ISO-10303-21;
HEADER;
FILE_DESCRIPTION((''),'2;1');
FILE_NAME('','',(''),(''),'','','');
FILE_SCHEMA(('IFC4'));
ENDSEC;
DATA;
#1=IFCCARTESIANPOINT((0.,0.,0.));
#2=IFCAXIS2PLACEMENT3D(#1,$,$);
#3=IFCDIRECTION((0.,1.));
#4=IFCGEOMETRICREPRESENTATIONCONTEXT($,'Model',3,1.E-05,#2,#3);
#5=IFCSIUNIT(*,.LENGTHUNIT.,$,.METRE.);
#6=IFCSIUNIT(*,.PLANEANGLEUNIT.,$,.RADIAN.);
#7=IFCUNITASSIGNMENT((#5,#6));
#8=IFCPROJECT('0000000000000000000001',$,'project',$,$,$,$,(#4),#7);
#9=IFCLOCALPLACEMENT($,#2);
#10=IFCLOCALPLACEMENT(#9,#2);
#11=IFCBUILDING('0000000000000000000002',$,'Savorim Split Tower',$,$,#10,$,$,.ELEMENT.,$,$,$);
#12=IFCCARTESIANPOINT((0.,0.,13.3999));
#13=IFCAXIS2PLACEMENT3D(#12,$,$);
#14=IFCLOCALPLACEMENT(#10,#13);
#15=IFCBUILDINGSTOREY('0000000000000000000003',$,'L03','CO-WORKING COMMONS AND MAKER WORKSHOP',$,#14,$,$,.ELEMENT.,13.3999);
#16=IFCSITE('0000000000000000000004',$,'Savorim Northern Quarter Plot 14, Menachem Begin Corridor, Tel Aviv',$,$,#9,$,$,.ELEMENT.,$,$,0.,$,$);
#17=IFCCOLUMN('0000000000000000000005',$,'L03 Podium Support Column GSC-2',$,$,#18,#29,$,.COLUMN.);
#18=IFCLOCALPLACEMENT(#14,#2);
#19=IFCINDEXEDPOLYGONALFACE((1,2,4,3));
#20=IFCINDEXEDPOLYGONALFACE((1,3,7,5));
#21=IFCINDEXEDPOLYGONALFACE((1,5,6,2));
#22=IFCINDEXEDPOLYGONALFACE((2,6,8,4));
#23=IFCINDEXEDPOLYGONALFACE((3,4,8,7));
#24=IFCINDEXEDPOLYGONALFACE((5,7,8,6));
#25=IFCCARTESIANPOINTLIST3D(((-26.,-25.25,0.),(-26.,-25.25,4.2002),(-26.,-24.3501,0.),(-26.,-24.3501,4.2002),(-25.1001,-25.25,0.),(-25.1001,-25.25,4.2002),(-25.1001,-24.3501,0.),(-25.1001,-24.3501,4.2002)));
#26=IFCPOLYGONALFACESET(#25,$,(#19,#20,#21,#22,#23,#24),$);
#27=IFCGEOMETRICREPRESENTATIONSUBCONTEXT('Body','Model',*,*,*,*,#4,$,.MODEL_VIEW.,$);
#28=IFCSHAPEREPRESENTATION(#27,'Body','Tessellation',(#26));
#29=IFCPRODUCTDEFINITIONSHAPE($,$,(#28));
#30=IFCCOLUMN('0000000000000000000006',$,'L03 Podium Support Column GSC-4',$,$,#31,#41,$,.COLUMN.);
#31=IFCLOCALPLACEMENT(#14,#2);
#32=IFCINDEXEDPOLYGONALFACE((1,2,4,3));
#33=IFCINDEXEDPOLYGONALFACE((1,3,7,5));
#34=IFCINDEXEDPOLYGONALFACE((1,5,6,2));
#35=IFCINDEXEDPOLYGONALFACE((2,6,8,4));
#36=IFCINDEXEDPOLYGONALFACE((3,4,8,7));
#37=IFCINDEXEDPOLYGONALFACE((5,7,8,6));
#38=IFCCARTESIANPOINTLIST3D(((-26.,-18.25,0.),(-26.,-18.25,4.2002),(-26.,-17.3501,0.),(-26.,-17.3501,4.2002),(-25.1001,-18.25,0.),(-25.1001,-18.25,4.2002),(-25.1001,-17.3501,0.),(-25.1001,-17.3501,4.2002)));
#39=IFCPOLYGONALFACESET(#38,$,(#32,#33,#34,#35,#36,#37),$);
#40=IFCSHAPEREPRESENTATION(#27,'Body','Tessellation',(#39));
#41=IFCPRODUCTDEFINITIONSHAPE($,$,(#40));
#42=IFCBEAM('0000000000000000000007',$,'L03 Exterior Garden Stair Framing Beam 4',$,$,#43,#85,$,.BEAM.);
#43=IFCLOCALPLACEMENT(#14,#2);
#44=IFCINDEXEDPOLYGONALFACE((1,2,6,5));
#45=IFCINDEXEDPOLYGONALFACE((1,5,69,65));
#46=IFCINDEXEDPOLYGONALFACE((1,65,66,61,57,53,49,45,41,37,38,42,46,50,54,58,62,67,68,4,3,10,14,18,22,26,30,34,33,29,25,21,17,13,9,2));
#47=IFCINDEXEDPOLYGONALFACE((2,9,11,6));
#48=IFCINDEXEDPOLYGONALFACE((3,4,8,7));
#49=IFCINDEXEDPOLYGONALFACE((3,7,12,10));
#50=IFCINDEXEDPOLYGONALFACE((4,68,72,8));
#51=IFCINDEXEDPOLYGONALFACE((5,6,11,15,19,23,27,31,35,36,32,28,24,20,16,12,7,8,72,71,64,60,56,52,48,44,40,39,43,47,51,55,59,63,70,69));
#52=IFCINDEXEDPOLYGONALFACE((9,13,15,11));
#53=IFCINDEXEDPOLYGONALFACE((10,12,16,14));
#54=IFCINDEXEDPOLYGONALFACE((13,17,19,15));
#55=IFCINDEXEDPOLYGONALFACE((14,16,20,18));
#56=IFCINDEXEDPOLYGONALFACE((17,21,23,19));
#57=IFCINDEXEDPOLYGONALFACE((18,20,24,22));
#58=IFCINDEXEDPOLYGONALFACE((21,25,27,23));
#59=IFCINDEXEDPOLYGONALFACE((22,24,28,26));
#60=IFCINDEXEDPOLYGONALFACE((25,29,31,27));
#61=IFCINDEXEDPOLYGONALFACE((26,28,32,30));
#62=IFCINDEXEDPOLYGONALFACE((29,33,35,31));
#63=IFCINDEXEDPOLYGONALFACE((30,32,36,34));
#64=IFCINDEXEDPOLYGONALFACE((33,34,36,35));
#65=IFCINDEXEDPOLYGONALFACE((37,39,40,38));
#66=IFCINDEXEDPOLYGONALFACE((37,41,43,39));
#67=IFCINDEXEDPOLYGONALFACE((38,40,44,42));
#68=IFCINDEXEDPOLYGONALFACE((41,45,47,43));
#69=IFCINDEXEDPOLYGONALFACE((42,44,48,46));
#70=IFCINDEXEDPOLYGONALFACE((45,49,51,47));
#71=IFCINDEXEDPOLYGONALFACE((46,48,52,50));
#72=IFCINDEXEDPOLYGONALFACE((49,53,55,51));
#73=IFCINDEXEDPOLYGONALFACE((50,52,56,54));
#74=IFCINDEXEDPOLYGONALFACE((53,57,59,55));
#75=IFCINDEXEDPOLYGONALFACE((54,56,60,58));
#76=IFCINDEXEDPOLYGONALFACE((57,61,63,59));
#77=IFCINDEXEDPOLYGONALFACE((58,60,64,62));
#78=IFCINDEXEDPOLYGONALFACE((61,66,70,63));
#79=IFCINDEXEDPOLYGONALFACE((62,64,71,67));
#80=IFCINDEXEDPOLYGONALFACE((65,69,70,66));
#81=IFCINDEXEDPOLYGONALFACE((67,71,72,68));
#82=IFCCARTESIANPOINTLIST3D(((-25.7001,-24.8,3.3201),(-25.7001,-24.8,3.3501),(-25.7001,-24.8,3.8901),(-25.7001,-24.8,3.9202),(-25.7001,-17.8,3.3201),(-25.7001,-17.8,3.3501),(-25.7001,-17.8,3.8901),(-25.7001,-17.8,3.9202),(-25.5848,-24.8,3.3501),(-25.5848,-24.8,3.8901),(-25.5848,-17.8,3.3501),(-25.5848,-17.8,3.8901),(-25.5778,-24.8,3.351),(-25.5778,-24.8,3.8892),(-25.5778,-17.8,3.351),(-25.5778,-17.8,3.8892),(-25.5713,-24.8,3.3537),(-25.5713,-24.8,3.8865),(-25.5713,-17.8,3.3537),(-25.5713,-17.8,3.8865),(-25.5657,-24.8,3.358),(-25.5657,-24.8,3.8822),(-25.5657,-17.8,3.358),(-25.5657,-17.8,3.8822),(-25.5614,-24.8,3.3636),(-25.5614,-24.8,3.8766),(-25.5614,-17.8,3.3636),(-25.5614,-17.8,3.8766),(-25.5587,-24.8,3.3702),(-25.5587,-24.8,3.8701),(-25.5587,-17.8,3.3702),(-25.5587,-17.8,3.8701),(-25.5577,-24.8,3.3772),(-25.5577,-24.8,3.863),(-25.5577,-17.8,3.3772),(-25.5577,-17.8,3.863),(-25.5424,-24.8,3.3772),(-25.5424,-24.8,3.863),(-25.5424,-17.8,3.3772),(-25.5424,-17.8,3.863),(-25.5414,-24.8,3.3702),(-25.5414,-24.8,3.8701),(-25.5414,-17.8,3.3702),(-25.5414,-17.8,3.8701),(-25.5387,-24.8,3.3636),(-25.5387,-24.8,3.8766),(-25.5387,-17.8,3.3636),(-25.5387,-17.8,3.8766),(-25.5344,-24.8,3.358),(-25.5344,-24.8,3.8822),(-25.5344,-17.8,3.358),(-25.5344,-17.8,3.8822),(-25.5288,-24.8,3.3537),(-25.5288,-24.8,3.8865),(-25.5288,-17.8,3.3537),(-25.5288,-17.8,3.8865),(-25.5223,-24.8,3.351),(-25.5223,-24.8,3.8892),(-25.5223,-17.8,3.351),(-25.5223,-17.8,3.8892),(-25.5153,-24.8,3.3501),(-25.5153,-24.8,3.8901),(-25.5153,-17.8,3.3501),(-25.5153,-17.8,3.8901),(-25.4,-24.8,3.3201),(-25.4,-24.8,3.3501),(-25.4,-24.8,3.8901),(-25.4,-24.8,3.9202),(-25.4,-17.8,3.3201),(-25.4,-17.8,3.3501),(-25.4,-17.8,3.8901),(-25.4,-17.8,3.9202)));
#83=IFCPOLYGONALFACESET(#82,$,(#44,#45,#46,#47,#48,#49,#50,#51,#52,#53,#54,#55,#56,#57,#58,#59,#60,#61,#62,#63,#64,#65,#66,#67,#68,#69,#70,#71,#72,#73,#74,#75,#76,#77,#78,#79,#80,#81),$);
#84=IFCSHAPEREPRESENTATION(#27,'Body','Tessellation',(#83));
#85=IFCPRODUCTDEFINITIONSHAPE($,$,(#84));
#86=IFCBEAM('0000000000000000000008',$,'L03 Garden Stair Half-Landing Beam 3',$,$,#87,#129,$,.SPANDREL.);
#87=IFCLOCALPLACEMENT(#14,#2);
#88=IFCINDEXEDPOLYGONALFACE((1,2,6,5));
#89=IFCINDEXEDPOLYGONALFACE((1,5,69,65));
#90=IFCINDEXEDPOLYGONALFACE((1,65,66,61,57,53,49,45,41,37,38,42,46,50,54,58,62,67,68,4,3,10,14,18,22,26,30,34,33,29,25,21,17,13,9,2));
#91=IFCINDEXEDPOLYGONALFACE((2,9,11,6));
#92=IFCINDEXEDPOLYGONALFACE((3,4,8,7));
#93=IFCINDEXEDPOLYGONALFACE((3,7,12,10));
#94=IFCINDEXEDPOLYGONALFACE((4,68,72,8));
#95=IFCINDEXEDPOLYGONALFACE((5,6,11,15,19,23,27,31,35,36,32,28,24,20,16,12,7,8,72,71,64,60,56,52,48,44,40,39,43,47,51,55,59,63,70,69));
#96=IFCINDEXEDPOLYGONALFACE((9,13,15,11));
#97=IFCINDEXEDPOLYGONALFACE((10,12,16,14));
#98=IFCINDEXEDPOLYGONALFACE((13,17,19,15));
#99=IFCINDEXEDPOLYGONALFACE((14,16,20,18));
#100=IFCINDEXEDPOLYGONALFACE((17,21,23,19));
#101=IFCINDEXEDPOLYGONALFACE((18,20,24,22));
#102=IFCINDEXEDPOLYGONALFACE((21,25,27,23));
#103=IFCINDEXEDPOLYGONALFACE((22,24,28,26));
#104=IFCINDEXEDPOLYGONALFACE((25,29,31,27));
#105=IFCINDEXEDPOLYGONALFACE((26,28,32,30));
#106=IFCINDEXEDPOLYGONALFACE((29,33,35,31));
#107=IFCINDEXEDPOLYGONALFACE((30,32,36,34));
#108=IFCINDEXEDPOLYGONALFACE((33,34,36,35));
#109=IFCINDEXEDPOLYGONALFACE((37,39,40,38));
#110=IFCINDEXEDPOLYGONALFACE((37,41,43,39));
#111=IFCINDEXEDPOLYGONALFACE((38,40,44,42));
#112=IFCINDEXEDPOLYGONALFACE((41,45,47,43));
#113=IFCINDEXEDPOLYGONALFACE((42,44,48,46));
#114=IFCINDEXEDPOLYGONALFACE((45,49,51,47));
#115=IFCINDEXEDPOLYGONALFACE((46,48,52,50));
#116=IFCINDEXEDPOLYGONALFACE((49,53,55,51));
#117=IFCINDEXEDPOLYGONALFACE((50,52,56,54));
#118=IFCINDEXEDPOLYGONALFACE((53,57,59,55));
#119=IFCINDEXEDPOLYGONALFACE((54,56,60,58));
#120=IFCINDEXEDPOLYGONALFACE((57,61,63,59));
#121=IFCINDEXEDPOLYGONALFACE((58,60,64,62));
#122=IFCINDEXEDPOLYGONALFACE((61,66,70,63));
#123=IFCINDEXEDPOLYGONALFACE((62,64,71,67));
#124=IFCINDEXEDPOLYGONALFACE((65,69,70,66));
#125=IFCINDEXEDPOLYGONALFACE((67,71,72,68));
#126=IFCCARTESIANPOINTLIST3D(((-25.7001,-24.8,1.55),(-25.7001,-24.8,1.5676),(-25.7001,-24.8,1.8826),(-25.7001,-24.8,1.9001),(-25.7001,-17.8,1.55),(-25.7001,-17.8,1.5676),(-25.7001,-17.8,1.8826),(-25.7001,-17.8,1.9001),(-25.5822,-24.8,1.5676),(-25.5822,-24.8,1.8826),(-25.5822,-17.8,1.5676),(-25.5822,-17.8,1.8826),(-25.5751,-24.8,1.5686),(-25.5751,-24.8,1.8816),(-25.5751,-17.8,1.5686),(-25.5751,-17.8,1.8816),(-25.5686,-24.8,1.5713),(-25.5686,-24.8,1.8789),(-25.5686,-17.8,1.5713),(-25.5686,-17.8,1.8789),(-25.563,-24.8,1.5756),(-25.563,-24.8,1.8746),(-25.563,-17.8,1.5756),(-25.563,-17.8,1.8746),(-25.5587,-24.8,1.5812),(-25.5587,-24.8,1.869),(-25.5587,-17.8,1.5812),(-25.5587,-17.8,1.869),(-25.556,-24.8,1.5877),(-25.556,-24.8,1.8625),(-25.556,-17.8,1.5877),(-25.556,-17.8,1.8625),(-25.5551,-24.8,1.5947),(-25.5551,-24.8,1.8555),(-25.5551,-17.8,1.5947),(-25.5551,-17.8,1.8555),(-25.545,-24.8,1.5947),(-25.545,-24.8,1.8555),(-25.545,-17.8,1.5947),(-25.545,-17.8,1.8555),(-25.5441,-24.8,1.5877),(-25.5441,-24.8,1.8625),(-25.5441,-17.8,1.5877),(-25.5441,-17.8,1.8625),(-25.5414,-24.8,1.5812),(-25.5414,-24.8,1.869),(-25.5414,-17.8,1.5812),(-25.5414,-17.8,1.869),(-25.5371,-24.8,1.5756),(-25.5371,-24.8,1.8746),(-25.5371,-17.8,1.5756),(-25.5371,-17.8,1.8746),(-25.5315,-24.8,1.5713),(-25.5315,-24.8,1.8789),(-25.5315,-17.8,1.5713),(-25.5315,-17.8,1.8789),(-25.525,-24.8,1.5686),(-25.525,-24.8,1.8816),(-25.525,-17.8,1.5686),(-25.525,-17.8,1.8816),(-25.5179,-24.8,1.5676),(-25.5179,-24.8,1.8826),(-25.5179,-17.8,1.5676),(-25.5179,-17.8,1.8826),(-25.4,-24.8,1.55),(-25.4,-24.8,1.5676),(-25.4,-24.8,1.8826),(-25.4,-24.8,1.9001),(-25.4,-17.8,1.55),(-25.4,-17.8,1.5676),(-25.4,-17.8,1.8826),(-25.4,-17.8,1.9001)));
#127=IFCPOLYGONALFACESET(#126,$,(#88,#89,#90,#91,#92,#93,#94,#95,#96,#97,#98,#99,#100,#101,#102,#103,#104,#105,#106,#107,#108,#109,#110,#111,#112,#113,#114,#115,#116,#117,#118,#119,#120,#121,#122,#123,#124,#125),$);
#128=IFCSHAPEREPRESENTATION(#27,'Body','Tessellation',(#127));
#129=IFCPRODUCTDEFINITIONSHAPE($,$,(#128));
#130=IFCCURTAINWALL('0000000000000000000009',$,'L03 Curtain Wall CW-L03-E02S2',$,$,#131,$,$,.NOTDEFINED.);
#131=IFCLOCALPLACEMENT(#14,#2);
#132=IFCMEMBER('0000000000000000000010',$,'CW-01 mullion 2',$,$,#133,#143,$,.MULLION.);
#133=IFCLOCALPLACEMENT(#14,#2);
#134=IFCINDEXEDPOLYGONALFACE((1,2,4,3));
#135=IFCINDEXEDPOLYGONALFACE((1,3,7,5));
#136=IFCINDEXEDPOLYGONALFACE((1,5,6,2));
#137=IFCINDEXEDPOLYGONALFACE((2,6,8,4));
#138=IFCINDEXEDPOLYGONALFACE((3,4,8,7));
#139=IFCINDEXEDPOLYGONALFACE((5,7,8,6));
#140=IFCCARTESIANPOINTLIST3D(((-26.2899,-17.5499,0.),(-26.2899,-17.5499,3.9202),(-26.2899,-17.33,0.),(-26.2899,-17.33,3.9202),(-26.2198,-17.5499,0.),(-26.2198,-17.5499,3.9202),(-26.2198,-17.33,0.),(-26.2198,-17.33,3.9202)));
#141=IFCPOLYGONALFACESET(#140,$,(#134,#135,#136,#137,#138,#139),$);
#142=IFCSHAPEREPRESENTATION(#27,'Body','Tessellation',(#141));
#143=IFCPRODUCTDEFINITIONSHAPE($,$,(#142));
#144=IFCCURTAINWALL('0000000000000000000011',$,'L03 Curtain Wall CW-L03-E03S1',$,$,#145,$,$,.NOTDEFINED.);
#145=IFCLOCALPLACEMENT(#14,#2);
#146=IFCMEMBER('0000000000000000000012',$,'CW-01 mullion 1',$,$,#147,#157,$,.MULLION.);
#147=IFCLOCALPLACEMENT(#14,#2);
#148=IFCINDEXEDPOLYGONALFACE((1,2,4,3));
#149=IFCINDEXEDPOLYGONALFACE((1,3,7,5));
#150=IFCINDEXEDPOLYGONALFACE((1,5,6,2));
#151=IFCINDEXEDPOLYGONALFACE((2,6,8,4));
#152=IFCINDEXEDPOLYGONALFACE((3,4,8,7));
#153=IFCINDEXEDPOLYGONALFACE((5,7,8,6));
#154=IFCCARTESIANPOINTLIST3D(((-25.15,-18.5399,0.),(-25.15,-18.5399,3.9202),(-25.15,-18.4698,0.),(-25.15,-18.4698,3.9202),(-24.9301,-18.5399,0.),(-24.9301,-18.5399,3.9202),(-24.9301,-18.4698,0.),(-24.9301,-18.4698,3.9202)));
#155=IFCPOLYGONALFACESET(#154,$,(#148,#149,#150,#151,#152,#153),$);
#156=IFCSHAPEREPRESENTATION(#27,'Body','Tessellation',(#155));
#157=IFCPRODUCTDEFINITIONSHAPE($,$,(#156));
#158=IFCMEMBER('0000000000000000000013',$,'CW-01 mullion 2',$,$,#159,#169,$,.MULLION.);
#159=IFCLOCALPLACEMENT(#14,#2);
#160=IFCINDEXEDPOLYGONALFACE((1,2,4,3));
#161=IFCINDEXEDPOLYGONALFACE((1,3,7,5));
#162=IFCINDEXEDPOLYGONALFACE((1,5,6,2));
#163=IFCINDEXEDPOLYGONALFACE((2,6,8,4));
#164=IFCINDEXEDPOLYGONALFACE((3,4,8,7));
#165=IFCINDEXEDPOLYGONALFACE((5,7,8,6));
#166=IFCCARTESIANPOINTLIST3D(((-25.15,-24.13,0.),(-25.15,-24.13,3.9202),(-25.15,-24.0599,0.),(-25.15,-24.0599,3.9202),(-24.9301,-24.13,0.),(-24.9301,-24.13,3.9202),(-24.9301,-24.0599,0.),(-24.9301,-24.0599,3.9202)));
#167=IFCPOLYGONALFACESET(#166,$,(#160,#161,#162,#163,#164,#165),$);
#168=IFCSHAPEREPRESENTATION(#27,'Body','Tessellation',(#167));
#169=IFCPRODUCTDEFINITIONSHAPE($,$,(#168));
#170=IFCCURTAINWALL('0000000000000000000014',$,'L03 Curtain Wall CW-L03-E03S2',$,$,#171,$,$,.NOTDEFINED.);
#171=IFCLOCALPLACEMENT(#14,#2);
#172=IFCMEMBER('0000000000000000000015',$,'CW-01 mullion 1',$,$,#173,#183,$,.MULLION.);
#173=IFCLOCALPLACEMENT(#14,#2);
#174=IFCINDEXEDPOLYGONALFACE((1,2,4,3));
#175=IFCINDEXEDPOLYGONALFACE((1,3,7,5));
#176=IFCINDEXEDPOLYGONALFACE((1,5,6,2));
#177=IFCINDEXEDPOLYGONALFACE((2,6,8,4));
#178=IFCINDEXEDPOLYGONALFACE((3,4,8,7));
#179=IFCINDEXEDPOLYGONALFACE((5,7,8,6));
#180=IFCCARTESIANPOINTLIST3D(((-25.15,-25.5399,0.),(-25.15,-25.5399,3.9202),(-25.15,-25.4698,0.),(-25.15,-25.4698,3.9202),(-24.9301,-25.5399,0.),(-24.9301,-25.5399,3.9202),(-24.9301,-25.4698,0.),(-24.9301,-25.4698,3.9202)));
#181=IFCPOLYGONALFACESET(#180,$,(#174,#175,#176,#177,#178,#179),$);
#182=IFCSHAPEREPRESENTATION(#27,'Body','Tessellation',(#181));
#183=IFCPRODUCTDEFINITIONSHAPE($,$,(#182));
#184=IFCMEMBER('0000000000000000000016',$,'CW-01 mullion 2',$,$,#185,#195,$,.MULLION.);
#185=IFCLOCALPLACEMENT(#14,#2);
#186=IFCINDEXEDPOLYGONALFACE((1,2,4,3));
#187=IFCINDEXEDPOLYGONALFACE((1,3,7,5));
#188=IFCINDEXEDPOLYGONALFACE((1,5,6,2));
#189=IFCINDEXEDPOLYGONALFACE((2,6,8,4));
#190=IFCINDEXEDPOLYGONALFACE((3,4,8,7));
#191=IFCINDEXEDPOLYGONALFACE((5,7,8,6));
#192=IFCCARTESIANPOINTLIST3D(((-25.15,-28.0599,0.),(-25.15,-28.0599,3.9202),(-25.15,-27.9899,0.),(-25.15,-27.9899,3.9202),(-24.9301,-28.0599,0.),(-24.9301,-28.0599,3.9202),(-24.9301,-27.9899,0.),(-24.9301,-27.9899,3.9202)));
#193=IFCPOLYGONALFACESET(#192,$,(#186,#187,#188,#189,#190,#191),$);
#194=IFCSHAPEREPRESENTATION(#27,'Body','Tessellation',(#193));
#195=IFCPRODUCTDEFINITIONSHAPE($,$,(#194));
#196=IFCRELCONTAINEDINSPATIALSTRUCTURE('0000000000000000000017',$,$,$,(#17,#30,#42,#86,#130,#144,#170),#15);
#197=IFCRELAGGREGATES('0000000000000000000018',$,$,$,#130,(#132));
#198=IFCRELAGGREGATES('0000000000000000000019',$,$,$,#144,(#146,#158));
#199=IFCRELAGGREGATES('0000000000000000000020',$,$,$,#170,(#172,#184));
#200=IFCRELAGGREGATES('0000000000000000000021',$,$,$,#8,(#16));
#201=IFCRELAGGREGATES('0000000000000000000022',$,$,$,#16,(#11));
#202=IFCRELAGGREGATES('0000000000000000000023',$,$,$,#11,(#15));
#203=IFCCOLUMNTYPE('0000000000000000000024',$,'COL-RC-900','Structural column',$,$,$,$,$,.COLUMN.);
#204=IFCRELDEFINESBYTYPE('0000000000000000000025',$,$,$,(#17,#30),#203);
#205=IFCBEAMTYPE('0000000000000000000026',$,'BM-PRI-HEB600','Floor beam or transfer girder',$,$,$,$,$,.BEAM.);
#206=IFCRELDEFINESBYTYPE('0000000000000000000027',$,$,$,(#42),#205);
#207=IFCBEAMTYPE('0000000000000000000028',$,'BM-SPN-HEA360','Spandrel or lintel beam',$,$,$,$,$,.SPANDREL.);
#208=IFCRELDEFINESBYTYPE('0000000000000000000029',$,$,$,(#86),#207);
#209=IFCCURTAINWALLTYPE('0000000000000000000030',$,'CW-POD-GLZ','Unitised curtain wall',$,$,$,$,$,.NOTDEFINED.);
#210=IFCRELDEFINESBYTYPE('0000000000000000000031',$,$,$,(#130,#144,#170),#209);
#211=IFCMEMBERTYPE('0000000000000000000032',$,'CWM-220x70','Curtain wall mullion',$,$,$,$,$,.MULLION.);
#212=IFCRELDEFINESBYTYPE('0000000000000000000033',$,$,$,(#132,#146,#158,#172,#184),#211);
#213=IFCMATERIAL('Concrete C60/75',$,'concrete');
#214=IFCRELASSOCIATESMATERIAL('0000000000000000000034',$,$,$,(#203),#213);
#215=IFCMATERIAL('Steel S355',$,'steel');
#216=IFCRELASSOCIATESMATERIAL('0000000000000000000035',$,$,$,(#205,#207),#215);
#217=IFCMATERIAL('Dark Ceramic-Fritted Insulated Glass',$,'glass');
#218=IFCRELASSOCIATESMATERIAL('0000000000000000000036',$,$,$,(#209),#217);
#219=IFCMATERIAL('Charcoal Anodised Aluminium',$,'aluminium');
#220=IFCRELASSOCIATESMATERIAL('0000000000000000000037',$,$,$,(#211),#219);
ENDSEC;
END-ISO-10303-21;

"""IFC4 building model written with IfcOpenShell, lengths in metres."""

from ifc_helpers import new_model, si_unit, direction, frame, origin, origin_2d, place, context, subcontext, project, spatial, rectangle, i_section, extrude, material, material_profile, profile_set, type_object, element, aggregate, save


model = new_model("IFC4")

# Units and contexts
model_context = context("Model", 3, precision=1e-05, world=origin(), true_north=direction((0.0, 1.0)))
body_context = subcontext(model_context, "Body", "Model", "MODEL_VIEW")
ifc_project = project(units=[si_unit("LENGTHUNIT", "METRE"), si_unit("PLANEANGLEUNIT", "RADIAN")], contexts=[model_context])

# Site, building, storey
site_placement = place(None, origin())
site = spatial("IfcSite", under=ifc_project, at=site_placement, Name="Savorim Northern Quarter Plot 14, Menachem Begin Corridor, Tel Aviv", CompositionType="ELEMENT", RefElevation=0.0)
building_placement = place(site_placement, origin())
building = spatial("IfcBuilding", under=site, at=building_placement, Name="Savorim Split Tower", CompositionType="ELEMENT")
storey_placement = place(building_placement, frame((0.0, 0.0, 13.3999)))
storey = spatial("IfcBuildingStorey", under=building, at=storey_placement, Name="L03", Description="CO-WORKING COMMONS AND MAKER WORKSHOP", CompositionType="ELEMENT", Elevation=13.3999)

# Columns
ifc_material_1 = material(Name="Concrete C60/75", Category="concrete")
ifc_material_profile_1 = material_profile(ifc_material_1, rectangle(XDim=0.8999, YDim=0.8999, at=origin_2d()), Name="RC 900x900")
ifc_profile_set_1 = profile_set([ifc_material_profile_1], Name="Concrete C60/75")
column_type = type_object("IfcColumnType", Name="COL-RC-900", Description="Structural column", PredefinedType="COLUMN", material=ifc_profile_set_1)
for number, where, z_axis, x_axis, name in (
    (1, (-25.55, -24.8, 0.0), (0.0, 0.0, 1.0), (1.0, 0.0, 0.0), "L03 Podium Support Column GSC-2"),
    (2, (-25.55, -17.8, 0.0), (0.0, 0.0, 1.0), (1.0, 0.0, 0.0), "L03 Podium Support Column GSC-4"),
):
    element("IfcColumn", number, at=place(storey_placement, frame(where, z_axis=z_axis, x_axis=x_axis)), inside=storey, type_object=column_type, Name=name, PredefinedType="COLUMN", context=body_context, shape_type="SweptSolid", body=[
        extrude(rectangle(XDim=0.8999, YDim=0.8999, at=origin_2d()), origin(), (0.0, 0.0, 1.0), 4.2002),
    ])

# Beams
ifc_material_2 = material(Name="Steel S355", Category="steel")
ifc_material_profile_2 = material_profile(ifc_material_2, i_section(OverallWidth=0.3, OverallDepth=0.6001, WebThickness=0.0154, FlangeThickness=0.03, FilletRadius=0.0271, at=origin_2d()), Name="HEB 600")
ifc_profile_set_2 = profile_set([ifc_material_profile_2], Name="Steel S355")
beam_type_1 = type_object("IfcBeamType", Name="BM-PRI-HEB600", Description="Floor beam or transfer girder", PredefinedType="BEAM", material=ifc_profile_set_2)
beam_1_placement = place(storey_placement, frame((-25.55, -24.8, 3.6201), z_axis=(0.0, 1.0, 0.0), x_axis=(-1.0, 0.0, 0.0)))
element("IfcBeam", 3, at=beam_1_placement, inside=storey, type_object=beam_type_1, Name="L03 Exterior Garden Stair Framing Beam 4", PredefinedType="BEAM", context=body_context, shape_type="SweptSolid", body=[
    extrude(i_section(OverallWidth=0.3, OverallDepth=0.6001, WebThickness=0.0154, FlangeThickness=0.03, FilletRadius=0.0271, at=origin_2d()), origin(), (0.0, 0.0, 1.0), 7.0),
])
ifc_material_profile_3 = material_profile(ifc_material_2, i_section(OverallWidth=0.3, OverallDepth=0.3501, WebThickness=0.01, FlangeThickness=0.0176, FilletRadius=0.0271, at=origin_2d()), Name="HEA 360")
ifc_profile_set_3 = profile_set([ifc_material_profile_3], Name="Steel S355")
beam_type_2 = type_object("IfcBeamType", Name="BM-SPN-HEA360", Description="Spandrel or lintel beam", PredefinedType="SPANDREL", material=ifc_profile_set_3)
beam_2_placement = place(storey_placement, frame((-25.55, -24.8, 1.7251), z_axis=(0.0, 1.0, 0.0), x_axis=(-1.0, 0.0, 0.0)))
element("IfcBeam", 4, at=beam_2_placement, inside=storey, type_object=beam_type_2, Name="L03 Garden Stair Half-Landing Beam 3", PredefinedType="SPANDREL", context=body_context, shape_type="SweptSolid", body=[
    extrude(i_section(OverallWidth=0.3, OverallDepth=0.3501, WebThickness=0.01, FlangeThickness=0.0176, FilletRadius=0.0271, at=origin_2d()), origin(), (0.0, 0.0, 1.0), 7.0),
])

# Curtain wall, member
ifc_material_3 = material(Name="Dark Ceramic-Fritted Insulated Glass", Category="glass")
curtain_wall_type = type_object("IfcCurtainWallType", Name="CW-POD-GLZ", Description="Unitised curtain wall", PredefinedType="NOTDEFINED", material=ifc_material_3)
curtain_wall_1_placement = place(storey_placement, origin())
curtain_wall_1 = element("IfcCurtainWall", 5, at=curtain_wall_1_placement, inside=storey, type_object=curtain_wall_type, Name="L03 Curtain Wall CW-L03-E02S2", PredefinedType="NOTDEFINED")
ifc_material_4 = material(Name="Charcoal Anodised Aluminium", Category="aluminium")
ifc_material_profile_4 = material_profile(ifc_material_4, rectangle(XDim=0.22, YDim=0.0701, at=origin_2d()), Name="ALU-M 220x70")
ifc_profile_set_4 = profile_set([ifc_material_profile_4], Name="Charcoal Anodised Aluminium")
member_type_1 = type_object("IfcMemberType", Name="CWM-220x70", Description="Curtain wall mullion", PredefinedType="MULLION", material=ifc_profile_set_4)
member_1_placement = place(storey_placement, frame((-26.2549, -17.4399, 0.0), z_axis=(0.0, 0.0, 1.0), x_axis=(0.0, 1.0, 0.0)))
member_1 = element("IfcMember", 6, at=member_1_placement, type_object=member_type_1, Name="CW-01 mullion 2", PredefinedType="MULLION", context=body_context, shape_type="SweptSolid", body=[
    extrude(rectangle(XDim=0.22, YDim=0.0701, at=origin_2d()), origin(), (0.0, 0.0, 1.0), 3.9202),
])
aggregate(curtain_wall_1, [member_1])

# Curtain walls, members
curtain_wall_2_placement = place(storey_placement, origin())
curtain_wall_2 = element("IfcCurtainWall", 7, at=curtain_wall_2_placement, inside=storey, type_object=curtain_wall_type, Name="L03 Curtain Wall CW-L03-E03S1", PredefinedType="NOTDEFINED")
member_2_placement = place(storey_placement, frame((-25.04, -18.5049, 0.0), z_axis=(0.0, 0.0, 1.0), x_axis=(1.0, 0.0, 0.0)))
member_2 = element("IfcMember", 8, at=member_2_placement, type_object=member_type_1, Name="CW-01 mullion 1", PredefinedType="MULLION", context=body_context, shape_type="SweptSolid", body=[
    extrude(rectangle(XDim=0.22, YDim=0.0701, at=origin_2d()), origin(), (0.0, 0.0, 1.0), 3.9202),
])
member_3_placement = place(storey_placement, frame((-25.04, -24.095, 0.0), z_axis=(0.0, 0.0, 1.0), x_axis=(1.0, 0.0, 0.0)))
member_3 = element("IfcMember", 9, at=member_3_placement, type_object=member_type_1, Name="CW-01 mullion 2", PredefinedType="MULLION", context=body_context, shape_type="SweptSolid", body=[
    extrude(rectangle(XDim=0.22, YDim=0.0701, at=origin_2d()), origin(), (0.0, 0.0, 1.0), 3.9202),
])
curtain_wall_3_placement = place(storey_placement, origin())
curtain_wall_3 = element("IfcCurtainWall", 10, at=curtain_wall_3_placement, inside=storey, type_object=curtain_wall_type, Name="L03 Curtain Wall CW-L03-E03S2", PredefinedType="NOTDEFINED")
member_4_placement = place(storey_placement, frame((-25.04, -25.5049, 0.0), z_axis=(0.0, 0.0, 1.0), x_axis=(1.0, 0.0, 0.0)))
member_4 = element("IfcMember", 11, at=member_4_placement, type_object=member_type_1, Name="CW-01 mullion 1", PredefinedType="MULLION", context=body_context, shape_type="SweptSolid", body=[
    extrude(rectangle(XDim=0.22, YDim=0.0701, at=origin_2d()), origin(), (0.0, 0.0, 1.0), 3.9202),
])
member_5_placement = place(storey_placement, frame((-25.04, -28.0249, 0.0), z_axis=(0.0, 0.0, 1.0), x_axis=(1.0, 0.0, 0.0)))
member_5 = element("IfcMember", 12, at=member_5_placement, type_object=member_type_1, Name="CW-01 mullion 2", PredefinedType="MULLION", context=body_context, shape_type="SweptSolid", body=[
    extrude(rectangle(XDim=0.22, YDim=0.0701, at=origin_2d()), origin(), (0.0, 0.0, 1.0), 3.9202),
])

aggregate(curtain_wall_2, [member_2, member_3])
aggregate(curtain_wall_3, [member_4, member_5])

save(model, "model.ifc")
